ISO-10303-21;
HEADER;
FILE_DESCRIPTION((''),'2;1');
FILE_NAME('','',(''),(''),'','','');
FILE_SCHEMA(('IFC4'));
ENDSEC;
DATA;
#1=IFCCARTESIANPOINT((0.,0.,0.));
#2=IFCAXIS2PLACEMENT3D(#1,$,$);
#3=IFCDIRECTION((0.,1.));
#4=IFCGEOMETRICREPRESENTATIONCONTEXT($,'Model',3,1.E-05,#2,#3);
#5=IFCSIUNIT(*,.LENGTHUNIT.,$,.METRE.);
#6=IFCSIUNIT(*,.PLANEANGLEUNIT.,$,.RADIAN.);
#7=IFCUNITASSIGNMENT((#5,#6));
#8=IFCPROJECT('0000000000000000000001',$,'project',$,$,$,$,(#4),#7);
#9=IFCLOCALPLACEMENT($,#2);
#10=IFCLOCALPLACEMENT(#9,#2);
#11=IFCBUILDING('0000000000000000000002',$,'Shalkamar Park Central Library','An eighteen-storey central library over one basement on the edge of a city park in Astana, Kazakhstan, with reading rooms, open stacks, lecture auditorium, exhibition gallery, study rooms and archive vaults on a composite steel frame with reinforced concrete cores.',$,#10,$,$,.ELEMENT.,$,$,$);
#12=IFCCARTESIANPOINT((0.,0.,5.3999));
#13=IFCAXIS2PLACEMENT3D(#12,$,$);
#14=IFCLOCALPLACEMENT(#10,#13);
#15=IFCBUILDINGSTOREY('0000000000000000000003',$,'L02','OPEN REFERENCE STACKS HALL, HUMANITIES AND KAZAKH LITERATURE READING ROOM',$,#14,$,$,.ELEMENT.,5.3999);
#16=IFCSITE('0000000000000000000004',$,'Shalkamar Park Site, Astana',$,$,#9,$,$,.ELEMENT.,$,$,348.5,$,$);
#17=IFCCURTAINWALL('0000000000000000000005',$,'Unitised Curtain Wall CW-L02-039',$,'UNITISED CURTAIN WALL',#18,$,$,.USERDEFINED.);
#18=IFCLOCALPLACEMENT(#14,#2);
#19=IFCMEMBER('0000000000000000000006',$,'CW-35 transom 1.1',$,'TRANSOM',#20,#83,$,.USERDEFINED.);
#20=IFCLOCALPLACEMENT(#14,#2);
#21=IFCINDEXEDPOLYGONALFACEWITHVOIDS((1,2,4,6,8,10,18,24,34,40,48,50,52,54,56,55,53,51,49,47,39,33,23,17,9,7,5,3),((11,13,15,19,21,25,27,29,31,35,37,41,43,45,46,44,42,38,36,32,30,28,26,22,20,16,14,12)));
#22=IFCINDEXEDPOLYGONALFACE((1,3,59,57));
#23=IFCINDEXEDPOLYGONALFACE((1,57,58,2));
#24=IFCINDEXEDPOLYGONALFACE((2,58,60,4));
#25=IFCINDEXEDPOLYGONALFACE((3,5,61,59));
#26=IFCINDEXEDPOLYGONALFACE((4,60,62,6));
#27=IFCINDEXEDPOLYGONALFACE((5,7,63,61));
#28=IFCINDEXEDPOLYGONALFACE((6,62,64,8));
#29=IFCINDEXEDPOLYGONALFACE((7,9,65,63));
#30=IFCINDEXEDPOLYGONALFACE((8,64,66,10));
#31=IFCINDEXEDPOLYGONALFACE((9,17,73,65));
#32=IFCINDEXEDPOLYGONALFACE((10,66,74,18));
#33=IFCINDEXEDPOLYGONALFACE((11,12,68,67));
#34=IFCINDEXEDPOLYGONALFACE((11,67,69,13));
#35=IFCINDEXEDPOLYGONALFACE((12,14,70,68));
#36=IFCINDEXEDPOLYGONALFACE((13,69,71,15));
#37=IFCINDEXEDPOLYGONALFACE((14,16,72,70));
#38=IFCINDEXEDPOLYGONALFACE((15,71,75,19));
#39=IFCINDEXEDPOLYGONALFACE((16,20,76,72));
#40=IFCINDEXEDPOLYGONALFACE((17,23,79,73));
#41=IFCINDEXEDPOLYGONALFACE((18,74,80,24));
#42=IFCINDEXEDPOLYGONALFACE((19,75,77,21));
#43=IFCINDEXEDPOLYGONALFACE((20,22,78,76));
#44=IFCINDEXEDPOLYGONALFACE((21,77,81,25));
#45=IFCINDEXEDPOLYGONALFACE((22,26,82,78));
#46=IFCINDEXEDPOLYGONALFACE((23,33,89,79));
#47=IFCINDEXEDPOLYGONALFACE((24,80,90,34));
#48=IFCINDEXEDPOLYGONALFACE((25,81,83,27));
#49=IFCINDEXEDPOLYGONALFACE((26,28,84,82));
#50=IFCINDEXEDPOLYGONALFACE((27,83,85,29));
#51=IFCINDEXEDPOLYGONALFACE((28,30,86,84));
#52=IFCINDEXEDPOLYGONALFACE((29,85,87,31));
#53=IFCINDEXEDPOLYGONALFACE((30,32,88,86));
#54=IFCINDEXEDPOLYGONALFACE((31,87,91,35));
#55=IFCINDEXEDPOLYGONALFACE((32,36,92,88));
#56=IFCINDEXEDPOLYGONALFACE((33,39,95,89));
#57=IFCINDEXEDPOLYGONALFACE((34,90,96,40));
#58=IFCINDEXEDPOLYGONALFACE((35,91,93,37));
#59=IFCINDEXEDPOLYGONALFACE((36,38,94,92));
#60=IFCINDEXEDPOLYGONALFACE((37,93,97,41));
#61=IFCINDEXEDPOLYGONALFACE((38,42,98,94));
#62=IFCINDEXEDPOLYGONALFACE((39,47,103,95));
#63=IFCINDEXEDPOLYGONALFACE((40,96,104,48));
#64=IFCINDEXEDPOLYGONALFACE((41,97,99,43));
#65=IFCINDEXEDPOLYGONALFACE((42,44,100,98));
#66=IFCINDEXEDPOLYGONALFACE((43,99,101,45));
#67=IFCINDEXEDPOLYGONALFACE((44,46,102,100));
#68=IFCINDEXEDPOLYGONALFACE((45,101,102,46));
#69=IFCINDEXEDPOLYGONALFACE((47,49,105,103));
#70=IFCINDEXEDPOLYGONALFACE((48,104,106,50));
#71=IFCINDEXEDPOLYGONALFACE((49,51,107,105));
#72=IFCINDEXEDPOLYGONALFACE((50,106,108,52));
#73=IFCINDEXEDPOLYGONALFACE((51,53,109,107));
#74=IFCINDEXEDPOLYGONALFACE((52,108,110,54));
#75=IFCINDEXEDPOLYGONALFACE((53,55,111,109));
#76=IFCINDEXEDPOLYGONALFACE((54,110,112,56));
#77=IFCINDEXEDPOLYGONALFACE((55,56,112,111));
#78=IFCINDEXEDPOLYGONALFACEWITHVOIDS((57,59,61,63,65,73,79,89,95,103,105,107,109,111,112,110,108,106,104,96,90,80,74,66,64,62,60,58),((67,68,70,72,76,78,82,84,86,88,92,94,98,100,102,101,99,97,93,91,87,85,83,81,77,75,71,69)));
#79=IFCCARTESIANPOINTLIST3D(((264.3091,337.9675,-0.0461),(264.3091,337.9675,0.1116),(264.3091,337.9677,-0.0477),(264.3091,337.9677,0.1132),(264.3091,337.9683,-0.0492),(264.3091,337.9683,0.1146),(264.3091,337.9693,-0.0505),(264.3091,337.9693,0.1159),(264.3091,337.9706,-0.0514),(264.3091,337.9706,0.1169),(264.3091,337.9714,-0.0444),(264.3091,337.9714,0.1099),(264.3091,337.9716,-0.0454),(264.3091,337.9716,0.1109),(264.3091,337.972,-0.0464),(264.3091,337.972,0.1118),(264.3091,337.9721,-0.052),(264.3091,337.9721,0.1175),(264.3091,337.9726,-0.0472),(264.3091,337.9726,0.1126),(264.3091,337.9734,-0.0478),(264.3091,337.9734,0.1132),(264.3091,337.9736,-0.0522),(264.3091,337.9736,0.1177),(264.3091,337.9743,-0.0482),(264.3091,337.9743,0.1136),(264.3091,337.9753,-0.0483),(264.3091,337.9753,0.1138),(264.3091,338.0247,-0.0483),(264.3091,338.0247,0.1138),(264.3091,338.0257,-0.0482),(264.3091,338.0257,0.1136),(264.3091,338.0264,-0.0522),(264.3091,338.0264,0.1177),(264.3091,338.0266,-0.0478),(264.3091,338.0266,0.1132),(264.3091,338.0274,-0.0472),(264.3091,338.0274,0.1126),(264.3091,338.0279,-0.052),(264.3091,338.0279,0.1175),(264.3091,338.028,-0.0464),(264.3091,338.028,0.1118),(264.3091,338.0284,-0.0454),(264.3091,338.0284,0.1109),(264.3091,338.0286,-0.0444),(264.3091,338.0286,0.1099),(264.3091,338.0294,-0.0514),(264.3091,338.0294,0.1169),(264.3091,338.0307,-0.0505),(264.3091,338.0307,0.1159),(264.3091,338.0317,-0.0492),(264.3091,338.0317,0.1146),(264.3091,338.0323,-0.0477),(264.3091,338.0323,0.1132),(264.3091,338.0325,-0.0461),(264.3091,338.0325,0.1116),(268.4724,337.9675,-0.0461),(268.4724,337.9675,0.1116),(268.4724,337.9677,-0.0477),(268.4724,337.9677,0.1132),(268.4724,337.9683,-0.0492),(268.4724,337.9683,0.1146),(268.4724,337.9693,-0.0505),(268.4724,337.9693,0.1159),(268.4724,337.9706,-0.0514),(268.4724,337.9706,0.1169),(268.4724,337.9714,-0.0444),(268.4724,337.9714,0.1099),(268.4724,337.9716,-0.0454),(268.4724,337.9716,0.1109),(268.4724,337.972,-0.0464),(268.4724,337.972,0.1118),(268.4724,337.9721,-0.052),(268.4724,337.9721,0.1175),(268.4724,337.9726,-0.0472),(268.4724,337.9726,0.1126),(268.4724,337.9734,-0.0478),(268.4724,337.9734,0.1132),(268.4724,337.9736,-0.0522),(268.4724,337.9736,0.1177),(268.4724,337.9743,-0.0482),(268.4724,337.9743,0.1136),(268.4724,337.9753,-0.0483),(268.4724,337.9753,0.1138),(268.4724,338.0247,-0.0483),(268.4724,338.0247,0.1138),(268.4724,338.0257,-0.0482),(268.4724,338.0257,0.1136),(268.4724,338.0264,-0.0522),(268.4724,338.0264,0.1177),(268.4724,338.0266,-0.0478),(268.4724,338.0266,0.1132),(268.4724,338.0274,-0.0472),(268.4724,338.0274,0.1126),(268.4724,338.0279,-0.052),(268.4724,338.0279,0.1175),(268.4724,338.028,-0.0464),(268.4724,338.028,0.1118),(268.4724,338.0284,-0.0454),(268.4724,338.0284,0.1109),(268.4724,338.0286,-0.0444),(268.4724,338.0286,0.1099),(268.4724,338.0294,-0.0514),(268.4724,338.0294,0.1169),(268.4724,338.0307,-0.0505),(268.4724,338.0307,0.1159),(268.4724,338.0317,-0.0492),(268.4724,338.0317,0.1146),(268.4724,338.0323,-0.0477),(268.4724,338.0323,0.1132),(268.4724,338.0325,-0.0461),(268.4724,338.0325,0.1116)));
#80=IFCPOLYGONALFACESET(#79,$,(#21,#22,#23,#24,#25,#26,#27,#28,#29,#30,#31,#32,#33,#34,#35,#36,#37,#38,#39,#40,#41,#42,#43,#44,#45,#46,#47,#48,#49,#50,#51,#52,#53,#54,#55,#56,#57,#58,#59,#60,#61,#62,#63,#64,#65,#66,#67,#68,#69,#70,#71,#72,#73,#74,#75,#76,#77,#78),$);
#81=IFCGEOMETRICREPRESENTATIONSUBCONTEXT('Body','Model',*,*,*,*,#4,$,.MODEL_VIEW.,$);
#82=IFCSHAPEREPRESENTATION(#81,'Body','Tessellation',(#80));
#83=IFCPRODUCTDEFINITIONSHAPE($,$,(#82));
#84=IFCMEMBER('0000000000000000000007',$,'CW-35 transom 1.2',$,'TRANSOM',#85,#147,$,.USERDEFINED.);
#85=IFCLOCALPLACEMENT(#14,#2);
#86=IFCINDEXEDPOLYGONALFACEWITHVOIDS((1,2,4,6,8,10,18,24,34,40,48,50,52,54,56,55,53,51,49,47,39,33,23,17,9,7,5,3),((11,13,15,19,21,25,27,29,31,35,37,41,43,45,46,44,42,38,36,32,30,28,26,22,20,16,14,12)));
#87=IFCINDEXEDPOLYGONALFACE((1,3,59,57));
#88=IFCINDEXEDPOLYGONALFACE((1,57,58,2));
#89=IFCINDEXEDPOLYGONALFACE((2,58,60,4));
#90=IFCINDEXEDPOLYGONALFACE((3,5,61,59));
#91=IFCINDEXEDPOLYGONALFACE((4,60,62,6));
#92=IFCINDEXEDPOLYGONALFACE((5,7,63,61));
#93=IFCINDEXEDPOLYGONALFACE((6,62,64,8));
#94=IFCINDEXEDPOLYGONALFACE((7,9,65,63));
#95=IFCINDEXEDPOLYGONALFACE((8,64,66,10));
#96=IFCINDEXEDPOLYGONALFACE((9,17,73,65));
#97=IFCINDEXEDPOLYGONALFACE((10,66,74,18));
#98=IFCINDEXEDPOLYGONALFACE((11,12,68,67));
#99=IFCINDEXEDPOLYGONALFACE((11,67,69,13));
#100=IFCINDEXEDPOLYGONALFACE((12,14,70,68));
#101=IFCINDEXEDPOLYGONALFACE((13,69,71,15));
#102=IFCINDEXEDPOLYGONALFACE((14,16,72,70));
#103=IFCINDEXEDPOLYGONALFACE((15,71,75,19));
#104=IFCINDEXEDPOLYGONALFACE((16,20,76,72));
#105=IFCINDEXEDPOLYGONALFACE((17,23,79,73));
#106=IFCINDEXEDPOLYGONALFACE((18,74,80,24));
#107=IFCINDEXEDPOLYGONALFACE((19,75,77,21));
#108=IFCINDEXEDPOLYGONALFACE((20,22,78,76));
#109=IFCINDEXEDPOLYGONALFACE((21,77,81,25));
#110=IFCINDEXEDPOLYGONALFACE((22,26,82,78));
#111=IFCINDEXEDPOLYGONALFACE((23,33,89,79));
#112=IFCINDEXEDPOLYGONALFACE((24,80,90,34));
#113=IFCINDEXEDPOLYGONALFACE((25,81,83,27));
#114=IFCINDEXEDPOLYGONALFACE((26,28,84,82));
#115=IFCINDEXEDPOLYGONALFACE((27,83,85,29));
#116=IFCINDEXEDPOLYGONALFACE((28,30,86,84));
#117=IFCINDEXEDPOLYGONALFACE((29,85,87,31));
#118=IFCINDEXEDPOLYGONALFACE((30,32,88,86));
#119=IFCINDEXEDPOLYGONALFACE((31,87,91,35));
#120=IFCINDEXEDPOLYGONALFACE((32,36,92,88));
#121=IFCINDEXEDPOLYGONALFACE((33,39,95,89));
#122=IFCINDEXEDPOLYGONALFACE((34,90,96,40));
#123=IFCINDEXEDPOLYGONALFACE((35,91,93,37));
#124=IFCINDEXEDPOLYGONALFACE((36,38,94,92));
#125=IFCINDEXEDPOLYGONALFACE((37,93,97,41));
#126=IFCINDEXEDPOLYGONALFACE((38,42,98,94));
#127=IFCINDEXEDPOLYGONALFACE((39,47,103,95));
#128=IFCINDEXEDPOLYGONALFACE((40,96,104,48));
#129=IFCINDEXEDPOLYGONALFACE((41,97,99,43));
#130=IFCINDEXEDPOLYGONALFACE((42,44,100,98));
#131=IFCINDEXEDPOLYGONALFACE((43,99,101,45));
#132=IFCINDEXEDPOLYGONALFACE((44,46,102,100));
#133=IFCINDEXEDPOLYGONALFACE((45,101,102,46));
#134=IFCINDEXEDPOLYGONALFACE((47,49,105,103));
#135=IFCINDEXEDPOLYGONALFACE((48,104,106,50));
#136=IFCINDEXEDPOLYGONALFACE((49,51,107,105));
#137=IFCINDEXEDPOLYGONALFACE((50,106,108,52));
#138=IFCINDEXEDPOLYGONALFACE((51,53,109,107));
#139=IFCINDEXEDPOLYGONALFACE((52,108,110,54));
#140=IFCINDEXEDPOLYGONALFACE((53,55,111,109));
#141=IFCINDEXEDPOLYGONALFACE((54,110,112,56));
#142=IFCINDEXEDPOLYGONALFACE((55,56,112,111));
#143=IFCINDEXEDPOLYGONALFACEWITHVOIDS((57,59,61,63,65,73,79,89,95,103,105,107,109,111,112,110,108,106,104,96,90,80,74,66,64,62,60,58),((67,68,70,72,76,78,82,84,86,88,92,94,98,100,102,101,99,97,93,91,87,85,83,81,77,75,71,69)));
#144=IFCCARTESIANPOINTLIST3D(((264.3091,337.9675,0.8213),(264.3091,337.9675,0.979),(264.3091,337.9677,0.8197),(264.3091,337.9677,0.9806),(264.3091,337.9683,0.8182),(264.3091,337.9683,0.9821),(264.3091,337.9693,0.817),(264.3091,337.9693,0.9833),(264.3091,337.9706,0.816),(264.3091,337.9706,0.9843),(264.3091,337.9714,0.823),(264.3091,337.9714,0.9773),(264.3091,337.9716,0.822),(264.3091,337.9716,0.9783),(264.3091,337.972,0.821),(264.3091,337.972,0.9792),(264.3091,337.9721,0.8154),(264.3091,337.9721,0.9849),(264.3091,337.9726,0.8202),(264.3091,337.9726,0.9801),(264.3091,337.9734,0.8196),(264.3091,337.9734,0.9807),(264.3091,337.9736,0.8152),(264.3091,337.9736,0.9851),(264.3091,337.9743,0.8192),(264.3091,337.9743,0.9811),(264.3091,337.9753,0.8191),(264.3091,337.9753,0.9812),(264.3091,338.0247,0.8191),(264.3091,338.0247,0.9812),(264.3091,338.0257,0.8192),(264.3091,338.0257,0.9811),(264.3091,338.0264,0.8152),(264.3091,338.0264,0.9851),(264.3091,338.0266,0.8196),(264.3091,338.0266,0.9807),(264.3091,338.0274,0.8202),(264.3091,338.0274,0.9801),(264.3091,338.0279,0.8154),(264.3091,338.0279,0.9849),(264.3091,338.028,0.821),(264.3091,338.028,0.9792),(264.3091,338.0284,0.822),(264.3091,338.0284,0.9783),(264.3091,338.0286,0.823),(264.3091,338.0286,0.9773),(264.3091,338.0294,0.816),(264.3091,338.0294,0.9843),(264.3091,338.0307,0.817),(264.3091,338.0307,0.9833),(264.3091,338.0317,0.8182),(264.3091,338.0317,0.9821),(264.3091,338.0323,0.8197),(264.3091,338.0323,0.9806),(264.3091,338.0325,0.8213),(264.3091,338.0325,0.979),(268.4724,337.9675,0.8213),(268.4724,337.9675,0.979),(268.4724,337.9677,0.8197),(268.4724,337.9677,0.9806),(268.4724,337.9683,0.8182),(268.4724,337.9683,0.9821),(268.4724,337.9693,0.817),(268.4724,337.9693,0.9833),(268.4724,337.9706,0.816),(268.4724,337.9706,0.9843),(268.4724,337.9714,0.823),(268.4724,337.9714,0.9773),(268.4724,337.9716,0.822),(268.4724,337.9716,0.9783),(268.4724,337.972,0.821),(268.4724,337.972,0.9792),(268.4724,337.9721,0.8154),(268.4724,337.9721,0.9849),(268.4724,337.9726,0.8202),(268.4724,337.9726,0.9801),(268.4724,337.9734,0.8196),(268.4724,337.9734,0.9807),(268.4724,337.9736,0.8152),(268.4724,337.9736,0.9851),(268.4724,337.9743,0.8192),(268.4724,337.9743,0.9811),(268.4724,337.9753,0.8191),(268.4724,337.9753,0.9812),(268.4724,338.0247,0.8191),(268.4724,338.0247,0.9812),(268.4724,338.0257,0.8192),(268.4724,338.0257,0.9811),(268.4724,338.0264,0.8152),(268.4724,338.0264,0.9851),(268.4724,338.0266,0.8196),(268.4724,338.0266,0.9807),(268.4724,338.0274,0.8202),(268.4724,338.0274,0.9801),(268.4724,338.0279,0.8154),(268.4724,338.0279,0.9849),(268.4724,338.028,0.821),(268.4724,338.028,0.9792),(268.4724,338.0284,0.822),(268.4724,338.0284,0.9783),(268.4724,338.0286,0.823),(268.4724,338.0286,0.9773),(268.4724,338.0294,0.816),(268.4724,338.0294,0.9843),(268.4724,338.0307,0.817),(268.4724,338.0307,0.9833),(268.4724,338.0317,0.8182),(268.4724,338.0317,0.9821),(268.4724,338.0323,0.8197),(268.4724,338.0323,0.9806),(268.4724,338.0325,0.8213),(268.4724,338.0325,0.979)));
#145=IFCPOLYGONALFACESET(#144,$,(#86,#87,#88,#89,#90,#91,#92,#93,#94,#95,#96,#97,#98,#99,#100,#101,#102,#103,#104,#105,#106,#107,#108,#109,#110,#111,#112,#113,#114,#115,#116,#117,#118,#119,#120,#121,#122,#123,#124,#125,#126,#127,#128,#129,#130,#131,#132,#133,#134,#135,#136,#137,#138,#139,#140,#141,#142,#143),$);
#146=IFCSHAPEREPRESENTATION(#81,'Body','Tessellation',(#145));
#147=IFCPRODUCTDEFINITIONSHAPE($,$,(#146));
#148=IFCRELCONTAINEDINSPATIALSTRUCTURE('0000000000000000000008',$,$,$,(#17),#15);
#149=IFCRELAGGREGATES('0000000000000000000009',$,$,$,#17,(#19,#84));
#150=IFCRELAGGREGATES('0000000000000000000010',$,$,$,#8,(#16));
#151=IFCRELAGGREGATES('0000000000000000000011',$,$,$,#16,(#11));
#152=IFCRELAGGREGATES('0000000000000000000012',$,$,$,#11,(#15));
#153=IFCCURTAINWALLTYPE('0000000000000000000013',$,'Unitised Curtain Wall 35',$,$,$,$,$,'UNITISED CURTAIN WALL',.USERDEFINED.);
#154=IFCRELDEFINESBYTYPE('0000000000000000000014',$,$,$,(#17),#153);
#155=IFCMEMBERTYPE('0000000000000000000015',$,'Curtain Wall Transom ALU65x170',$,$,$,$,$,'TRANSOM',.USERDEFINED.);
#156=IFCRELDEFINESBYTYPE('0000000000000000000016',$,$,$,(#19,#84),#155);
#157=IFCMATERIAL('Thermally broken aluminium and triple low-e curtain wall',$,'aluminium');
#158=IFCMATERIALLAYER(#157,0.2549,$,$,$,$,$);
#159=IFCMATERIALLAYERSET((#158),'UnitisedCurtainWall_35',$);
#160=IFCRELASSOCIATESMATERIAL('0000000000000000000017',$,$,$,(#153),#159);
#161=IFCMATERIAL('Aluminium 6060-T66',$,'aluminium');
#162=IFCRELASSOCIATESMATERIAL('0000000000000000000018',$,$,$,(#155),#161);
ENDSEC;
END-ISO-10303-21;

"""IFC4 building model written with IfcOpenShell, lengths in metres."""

from ifc_helpers import new_model, si_unit, direction, frame, origin, origin_2d, place, context, subcontext, project, spatial, hollow_rectangle, extrude, material, layer, layer_set, material_profile, profile_set, type_object, element, aggregate, save


model = new_model("IFC4")

# Units and contexts
model_context = context("Model", 3, precision=1e-05, world=origin(), true_north=direction((0.0, 1.0)))
body_context = subcontext(model_context, "Body", "Model", "MODEL_VIEW")
ifc_project = project(units=[si_unit("LENGTHUNIT", "METRE"), si_unit("PLANEANGLEUNIT", "RADIAN")], contexts=[model_context])

# Site, building, storey
site_placement = place(None, origin())
site = spatial("IfcSite", under=ifc_project, at=site_placement, Name="Shalkamar Park Site, Astana", CompositionType="ELEMENT", RefElevation=348.5)
building_placement = place(site_placement, origin())
building = spatial("IfcBuilding", under=site, at=building_placement, Name="Shalkamar Park Central Library", Description="An eighteen-storey central library over one basement on the edge of a city park in Astana, Kazakhstan, with reading rooms, open stacks, lecture auditorium, exhibition gallery, study rooms and archive vaults on a composite steel frame with reinforced concrete cores.", CompositionType="ELEMENT")
storey_placement = place(building_placement, frame((0.0, 0.0, 5.3999)))
storey = spatial("IfcBuildingStorey", under=building, at=storey_placement, Name="L02", Description="OPEN REFERENCE STACKS HALL, HUMANITIES AND KAZAKH LITERATURE READING ROOM", CompositionType="ELEMENT", Elevation=5.3999)

# Shared definitions
ifc_material_1 = material(Name="Thermally broken aluminium and triple low-e curtain wall", Category="aluminium")
ifc_material_2 = material(Name="Aluminium 6060-T66", Category="aluminium")

# Curtain wall
ifc_layer_1 = layer(ifc_material_1, 0.2549)
ifc_layer_set_1 = layer_set([ifc_layer_1], Name="UnitisedCurtainWall_35")
curtain_wall_type_1 = type_object("IfcCurtainWallType", Name="Unitised Curtain Wall 35", ElementType="UNITISED CURTAIN WALL", PredefinedType="USERDEFINED", material=ifc_layer_set_1)
curtain_wall_1_placement = place(storey_placement, origin())
curtain_wall_1 = element("IfcCurtainWall", 1, at=curtain_wall_1_placement, inside=storey, type_object=curtain_wall_type_1, Name="Unitised Curtain Wall CW-L02-039", ObjectType="UNITISED CURTAIN WALL", PredefinedType="USERDEFINED")

# Members
ifc_material_profile_1 = material_profile(ifc_material_2, hollow_rectangle(XDim=0.0649, YDim=0.1699, WallThickness=0.0039, InnerFilletRadius=0.0039, OuterFilletRadius=0.0061, at=origin_2d()), Name="ALU 65x170x4")
ifc_profile_set_1 = profile_set([ifc_material_profile_1], Name="Aluminium 6060-T66")
member_type_1 = type_object("IfcMemberType", Name="Curtain Wall Transom ALU65x170", ElementType="TRANSOM", PredefinedType="USERDEFINED", material=ifc_profile_set_1)
member_1_placement = place(storey_placement, frame((264.3091, 338.0, 0.0327), z_axis=(1.0, 0.0, 0.0), x_axis=(0.0, 1.0, 0.0)))
member_1 = element("IfcMember", 2, at=member_1_placement, type_object=member_type_1, Name="CW-35 transom 1.1", ObjectType="TRANSOM", PredefinedType="USERDEFINED", context=body_context, shape_type="SweptSolid", body=[
    extrude(hollow_rectangle(XDim=0.0649, YDim=0.1699, WallThickness=0.0039, InnerFilletRadius=0.0039, OuterFilletRadius=0.0061, at=origin_2d()), origin(), (0.0, 0.0, 1.0), 4.1633),
])
member_2_placement = place(storey_placement, frame((264.3091, 338.0, 0.9001), z_axis=(1.0, 0.0, 0.0), x_axis=(0.0, 1.0, 0.0)))
member_2 = element("IfcMember", 3, at=member_2_placement, type_object=member_type_1, Name="CW-35 transom 1.2", ObjectType="TRANSOM", PredefinedType="USERDEFINED", context=body_context, shape_type="SweptSolid", body=[
    extrude(hollow_rectangle(XDim=0.0649, YDim=0.1699, WallThickness=0.0039, InnerFilletRadius=0.0039, OuterFilletRadius=0.0061, at=origin_2d()), origin(), (0.0, 0.0, 1.0), 4.1633),
])

aggregate(curtain_wall_1, [member_1, member_2])

save(model, "model.ifc")
